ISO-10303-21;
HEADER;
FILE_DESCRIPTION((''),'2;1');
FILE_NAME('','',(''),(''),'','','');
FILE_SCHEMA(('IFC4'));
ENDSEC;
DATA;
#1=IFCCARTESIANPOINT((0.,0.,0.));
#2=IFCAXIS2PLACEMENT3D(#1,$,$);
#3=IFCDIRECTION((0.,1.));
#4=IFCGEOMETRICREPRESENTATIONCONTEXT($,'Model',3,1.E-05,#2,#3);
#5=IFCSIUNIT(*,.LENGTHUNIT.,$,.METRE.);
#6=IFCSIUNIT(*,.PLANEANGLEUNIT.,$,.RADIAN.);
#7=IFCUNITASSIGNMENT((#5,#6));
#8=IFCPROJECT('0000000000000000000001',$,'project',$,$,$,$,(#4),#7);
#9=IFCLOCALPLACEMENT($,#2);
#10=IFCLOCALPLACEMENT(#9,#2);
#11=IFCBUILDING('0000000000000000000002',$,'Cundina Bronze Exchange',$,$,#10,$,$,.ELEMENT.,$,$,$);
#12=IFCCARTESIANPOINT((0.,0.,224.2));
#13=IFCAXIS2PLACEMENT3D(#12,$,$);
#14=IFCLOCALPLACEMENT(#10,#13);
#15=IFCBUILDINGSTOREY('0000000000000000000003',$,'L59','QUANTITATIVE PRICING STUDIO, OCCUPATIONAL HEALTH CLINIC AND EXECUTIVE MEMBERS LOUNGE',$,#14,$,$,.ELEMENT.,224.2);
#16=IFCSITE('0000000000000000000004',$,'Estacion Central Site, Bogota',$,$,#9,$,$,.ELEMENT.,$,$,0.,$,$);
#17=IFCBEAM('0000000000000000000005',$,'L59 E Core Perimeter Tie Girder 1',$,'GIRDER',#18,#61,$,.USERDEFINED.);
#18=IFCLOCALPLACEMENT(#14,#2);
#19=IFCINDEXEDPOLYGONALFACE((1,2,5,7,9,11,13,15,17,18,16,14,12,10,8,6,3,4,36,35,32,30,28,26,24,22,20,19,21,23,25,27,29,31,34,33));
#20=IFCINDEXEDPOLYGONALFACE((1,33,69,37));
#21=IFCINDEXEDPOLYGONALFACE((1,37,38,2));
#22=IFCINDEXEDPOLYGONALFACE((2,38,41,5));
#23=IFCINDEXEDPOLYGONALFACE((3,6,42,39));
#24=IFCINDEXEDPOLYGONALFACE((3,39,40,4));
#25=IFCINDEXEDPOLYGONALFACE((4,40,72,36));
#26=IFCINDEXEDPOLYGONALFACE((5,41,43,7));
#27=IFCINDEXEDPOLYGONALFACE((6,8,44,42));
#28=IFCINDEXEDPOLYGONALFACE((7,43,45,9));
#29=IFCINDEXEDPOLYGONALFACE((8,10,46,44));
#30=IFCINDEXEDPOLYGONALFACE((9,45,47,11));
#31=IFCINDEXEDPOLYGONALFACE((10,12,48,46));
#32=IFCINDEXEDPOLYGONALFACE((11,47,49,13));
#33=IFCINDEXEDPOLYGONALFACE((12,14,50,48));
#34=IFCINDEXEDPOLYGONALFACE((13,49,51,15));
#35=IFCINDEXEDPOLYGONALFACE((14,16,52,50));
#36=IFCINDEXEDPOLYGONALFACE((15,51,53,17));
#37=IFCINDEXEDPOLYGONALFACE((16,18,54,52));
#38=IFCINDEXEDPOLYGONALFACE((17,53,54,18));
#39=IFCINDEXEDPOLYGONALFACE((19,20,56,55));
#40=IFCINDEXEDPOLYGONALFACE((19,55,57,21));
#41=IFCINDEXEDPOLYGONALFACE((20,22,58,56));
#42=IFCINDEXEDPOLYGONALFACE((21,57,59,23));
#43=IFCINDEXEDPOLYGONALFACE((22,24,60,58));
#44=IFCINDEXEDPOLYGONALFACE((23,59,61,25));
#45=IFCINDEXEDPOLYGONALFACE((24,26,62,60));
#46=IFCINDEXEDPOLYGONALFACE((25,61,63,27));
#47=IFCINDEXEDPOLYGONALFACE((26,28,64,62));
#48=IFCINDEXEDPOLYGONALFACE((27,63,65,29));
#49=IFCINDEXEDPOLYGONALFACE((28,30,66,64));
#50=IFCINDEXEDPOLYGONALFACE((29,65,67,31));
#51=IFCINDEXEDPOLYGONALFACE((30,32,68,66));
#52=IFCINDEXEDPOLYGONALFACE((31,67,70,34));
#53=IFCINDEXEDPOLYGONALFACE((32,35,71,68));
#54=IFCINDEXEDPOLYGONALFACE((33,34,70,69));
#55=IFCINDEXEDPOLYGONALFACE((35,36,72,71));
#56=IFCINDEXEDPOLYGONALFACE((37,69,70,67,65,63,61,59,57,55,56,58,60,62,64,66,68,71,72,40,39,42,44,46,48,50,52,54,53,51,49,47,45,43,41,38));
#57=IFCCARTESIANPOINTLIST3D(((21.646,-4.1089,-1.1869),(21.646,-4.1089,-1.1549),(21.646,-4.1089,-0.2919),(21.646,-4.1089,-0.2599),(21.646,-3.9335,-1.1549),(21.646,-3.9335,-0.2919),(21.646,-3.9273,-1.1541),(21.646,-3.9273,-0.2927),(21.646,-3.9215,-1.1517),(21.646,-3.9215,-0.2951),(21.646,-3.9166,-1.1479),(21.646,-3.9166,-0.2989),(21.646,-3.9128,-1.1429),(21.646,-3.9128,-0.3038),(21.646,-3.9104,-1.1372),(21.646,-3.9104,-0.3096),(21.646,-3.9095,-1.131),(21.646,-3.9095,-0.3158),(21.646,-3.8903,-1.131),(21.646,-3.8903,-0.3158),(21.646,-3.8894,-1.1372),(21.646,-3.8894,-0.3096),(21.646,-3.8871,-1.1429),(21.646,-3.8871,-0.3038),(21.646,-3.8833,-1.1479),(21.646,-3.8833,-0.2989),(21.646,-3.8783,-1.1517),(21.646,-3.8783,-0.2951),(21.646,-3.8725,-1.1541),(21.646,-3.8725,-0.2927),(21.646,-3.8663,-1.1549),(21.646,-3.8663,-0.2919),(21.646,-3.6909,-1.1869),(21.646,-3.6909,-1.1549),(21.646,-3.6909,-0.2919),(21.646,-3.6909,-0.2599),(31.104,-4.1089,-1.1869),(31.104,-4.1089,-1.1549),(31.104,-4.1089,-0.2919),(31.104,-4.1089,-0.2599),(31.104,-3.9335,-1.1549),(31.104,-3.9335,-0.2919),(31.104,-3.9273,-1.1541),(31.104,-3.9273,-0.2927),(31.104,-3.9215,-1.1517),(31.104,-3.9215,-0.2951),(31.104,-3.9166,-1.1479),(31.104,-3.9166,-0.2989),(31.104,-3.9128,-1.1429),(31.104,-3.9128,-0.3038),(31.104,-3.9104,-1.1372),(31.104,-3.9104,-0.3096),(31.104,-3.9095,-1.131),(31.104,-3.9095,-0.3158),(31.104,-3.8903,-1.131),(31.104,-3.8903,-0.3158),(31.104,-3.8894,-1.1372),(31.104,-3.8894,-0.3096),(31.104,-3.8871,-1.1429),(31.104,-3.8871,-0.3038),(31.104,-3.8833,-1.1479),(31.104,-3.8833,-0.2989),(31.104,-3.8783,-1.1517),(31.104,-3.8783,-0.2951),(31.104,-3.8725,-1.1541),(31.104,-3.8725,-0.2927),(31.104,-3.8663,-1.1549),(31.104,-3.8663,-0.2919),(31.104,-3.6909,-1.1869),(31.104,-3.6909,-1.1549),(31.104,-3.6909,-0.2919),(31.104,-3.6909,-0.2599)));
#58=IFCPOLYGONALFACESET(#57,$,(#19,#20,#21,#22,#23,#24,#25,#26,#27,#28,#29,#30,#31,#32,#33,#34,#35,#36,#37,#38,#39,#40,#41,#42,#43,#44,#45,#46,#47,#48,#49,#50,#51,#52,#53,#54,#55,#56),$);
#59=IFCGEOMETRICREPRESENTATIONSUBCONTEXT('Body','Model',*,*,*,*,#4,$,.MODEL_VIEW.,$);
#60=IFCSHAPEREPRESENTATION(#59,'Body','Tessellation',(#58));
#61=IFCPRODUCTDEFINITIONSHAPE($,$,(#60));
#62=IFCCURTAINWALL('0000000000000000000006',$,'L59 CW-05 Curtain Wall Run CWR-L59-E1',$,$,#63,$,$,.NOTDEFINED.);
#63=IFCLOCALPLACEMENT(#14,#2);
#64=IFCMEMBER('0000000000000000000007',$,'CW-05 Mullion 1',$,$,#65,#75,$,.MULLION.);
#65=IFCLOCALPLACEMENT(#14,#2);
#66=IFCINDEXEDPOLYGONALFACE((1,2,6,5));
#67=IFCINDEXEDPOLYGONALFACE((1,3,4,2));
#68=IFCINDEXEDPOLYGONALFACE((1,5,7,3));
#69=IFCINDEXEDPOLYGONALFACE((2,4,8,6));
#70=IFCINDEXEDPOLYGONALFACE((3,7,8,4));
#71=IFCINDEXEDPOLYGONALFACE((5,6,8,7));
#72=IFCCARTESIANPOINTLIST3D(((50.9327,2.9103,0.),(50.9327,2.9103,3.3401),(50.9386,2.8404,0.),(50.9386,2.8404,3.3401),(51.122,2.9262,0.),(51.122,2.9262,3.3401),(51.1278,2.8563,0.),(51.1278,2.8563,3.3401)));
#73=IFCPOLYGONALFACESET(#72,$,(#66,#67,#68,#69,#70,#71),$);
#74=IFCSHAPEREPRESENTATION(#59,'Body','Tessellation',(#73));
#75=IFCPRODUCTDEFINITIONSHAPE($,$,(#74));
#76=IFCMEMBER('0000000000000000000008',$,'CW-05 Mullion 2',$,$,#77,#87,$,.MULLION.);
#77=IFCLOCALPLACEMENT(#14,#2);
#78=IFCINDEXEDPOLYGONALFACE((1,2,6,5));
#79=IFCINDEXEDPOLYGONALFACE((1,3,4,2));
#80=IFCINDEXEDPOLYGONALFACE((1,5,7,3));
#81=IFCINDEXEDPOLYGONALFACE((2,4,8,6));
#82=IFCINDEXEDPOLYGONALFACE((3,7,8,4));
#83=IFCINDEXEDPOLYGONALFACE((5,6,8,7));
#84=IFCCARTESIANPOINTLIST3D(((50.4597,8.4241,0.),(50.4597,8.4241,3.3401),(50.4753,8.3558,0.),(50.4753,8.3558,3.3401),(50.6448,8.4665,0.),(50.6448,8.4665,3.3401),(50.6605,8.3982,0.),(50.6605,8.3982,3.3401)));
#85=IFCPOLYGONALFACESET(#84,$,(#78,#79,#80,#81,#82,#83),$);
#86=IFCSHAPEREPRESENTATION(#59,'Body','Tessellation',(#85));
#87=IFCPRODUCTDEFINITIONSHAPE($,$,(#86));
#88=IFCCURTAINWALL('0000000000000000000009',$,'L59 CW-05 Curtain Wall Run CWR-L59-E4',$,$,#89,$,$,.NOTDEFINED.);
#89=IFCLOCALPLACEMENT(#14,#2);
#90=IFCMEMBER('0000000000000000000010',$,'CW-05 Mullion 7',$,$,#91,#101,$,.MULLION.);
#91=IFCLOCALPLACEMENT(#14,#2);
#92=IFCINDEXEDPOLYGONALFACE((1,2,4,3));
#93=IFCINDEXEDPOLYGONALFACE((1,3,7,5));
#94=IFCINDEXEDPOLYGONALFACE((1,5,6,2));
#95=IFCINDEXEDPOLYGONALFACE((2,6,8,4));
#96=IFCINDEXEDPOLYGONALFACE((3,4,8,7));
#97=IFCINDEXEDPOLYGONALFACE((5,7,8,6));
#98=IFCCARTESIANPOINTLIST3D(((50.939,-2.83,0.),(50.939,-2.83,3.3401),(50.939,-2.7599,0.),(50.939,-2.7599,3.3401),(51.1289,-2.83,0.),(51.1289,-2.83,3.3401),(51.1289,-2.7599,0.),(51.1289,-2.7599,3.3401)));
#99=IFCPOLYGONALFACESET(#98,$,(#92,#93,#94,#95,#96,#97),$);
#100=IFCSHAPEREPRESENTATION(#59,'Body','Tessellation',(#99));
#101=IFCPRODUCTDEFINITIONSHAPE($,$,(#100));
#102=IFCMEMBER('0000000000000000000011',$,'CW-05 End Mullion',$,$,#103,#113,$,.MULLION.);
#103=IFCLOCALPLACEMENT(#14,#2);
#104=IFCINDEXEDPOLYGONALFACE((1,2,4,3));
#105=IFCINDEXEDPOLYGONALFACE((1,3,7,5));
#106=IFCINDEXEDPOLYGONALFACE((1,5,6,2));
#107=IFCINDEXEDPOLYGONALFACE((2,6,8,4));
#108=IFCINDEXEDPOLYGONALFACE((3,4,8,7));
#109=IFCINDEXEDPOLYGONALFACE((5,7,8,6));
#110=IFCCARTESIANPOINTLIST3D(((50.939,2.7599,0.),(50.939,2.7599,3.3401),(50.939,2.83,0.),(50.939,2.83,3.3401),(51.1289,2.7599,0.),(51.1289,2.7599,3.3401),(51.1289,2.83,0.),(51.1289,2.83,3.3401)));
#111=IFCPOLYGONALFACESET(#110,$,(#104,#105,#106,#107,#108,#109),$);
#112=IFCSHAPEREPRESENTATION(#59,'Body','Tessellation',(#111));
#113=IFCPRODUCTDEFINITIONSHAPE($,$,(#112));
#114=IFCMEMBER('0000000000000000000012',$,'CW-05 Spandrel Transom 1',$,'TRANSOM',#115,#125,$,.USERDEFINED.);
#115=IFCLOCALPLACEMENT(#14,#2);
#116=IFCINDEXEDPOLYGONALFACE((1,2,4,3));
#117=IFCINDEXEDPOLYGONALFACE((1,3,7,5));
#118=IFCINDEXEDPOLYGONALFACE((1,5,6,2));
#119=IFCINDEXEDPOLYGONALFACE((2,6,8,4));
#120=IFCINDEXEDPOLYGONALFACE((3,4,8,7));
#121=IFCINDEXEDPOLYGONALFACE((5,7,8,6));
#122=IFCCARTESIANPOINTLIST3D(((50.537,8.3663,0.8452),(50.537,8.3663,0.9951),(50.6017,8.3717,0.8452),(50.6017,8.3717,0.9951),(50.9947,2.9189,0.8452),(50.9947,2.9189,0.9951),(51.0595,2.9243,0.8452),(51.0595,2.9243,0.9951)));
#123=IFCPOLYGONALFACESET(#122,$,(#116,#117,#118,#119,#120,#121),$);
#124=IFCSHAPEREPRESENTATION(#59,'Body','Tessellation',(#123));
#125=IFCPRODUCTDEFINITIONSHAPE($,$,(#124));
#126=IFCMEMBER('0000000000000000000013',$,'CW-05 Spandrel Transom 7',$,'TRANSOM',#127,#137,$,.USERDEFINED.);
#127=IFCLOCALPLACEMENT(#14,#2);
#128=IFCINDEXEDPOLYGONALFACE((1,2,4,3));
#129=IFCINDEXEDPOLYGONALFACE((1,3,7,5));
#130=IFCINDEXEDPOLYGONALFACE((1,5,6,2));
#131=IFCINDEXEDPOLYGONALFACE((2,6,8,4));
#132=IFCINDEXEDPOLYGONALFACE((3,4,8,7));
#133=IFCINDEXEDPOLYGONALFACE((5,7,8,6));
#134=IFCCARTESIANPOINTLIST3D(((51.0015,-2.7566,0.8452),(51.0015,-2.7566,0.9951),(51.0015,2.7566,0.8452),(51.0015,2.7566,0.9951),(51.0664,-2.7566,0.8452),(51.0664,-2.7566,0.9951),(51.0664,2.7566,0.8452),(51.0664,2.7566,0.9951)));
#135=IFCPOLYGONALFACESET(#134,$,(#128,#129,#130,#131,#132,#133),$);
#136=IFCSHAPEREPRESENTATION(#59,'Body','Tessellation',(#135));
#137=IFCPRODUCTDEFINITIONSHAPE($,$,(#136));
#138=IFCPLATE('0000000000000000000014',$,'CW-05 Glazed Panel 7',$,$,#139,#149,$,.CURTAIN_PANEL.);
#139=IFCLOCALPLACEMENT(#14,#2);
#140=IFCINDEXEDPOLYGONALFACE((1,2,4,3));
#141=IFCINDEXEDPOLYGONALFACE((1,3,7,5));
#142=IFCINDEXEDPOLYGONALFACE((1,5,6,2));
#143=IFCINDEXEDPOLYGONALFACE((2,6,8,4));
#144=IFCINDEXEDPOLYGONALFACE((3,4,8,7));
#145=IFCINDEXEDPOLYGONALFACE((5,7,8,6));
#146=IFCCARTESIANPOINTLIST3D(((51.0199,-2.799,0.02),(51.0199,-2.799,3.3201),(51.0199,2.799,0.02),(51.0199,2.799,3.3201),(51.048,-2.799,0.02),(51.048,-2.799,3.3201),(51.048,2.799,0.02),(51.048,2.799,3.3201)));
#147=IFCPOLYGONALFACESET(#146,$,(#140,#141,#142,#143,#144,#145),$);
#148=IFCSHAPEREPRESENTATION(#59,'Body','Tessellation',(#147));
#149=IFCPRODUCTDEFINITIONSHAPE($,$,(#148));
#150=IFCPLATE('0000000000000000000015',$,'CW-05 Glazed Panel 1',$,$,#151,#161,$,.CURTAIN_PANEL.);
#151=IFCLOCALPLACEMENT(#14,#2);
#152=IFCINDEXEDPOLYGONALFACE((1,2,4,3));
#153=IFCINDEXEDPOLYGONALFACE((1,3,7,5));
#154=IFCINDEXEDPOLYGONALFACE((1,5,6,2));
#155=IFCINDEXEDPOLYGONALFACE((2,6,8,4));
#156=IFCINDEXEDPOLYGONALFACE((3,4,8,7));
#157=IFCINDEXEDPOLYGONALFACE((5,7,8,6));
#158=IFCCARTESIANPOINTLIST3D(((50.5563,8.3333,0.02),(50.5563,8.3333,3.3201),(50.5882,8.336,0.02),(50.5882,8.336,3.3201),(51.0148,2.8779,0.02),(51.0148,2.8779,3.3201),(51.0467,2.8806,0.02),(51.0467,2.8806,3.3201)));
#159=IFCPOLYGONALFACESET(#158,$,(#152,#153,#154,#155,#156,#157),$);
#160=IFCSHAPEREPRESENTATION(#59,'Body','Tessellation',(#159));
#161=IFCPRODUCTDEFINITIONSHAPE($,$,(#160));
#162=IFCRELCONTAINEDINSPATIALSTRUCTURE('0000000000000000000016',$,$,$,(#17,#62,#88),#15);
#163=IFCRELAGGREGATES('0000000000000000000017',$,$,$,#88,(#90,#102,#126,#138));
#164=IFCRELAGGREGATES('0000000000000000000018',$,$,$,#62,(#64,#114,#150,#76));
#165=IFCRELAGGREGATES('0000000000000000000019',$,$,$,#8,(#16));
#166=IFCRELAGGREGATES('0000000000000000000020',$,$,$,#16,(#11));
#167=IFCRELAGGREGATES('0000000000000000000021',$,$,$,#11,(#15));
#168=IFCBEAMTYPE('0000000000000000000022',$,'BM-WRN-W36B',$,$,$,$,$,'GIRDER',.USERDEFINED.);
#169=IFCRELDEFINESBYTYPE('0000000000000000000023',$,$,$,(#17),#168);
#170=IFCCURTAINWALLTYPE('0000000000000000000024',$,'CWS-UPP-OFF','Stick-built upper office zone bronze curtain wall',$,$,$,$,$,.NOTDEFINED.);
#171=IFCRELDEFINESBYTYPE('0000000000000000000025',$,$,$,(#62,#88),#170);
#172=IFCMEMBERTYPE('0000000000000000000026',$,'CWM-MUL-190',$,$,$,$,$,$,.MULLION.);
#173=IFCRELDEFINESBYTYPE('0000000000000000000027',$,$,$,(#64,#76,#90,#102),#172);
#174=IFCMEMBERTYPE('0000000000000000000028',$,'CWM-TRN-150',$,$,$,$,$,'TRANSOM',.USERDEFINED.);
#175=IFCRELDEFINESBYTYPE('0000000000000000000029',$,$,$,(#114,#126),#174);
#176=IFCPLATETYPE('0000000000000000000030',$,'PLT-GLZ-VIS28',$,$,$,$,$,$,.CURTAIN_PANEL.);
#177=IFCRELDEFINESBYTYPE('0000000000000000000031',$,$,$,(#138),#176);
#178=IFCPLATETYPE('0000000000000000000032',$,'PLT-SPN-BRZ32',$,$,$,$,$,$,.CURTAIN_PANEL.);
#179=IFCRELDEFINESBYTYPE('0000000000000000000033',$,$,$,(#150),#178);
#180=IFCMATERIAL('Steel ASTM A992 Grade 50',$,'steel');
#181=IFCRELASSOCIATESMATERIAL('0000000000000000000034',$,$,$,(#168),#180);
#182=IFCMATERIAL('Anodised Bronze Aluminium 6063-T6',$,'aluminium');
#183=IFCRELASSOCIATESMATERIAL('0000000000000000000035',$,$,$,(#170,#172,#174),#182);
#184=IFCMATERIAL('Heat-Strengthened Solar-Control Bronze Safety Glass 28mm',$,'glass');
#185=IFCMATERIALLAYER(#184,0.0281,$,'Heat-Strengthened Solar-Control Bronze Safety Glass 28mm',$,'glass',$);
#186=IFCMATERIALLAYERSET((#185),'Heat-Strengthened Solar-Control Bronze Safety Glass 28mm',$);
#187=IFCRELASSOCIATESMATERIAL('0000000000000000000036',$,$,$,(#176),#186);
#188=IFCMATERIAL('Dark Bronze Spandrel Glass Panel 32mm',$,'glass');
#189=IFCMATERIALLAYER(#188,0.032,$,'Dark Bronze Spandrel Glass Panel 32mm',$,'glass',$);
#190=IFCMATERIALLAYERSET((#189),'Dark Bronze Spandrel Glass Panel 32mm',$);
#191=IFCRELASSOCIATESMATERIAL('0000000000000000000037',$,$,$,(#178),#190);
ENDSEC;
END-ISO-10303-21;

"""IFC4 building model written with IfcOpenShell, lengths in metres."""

from ifc_helpers import new_model, si_unit, direction, frame, origin, origin_2d, place, context, subcontext, project, spatial, rectangle, i_section, extrude, material, layer, layer_set, material_profile, profile_set, type_object, element, aggregate, save


model = new_model("IFC4")

# Units and contexts
model_context = context("Model", 3, precision=1e-05, world=origin(), true_north=direction((0.0, 1.0)))
body_context = subcontext(model_context, "Body", "Model", "MODEL_VIEW")
ifc_project = project(units=[si_unit("LENGTHUNIT", "METRE"), si_unit("PLANEANGLEUNIT", "RADIAN")], contexts=[model_context])

# Site, building, storey
site_placement = place(None, origin())
site = spatial("IfcSite", under=ifc_project, at=site_placement, Name="Estacion Central Site, Bogota", CompositionType="ELEMENT", RefElevation=0.0)
building_placement = place(site_placement, origin())
building = spatial("IfcBuilding", under=site, at=building_placement, Name="Cundina Bronze Exchange", CompositionType="ELEMENT")
storey_placement = place(building_placement, frame((0.0, 0.0, 224.2)))
storey = spatial("IfcBuildingStorey", under=building, at=storey_placement, Name="L59", Description="QUANTITATIVE PRICING STUDIO, OCCUPATIONAL HEALTH CLINIC AND EXECUTIVE MEMBERS LOUNGE", CompositionType="ELEMENT", Elevation=224.2)

# Shared definitions
ifc_material_1 = material(Name="Steel ASTM A992 Grade 50", Category="steel")

# Beam
ifc_material_profile_1 = material_profile(ifc_material_1, i_section(OverallWidth=0.418, OverallDepth=0.927, WebThickness=0.0193, FlangeThickness=0.032, FilletRadius=0.0239, at=origin_2d()), Name="W36X231", Category="steel")
ifc_profile_set_1 = profile_set([ifc_material_profile_1], Name="Steel ASTM A992 Grade 50")
beam_type_1 = type_object("IfcBeamType", Name="BM-WRN-W36B", ElementType="GIRDER", PredefinedType="USERDEFINED", material=ifc_profile_set_1)
beam_1_placement = place(storey_placement, frame((31.104, -3.8999, -0.7234), z_axis=(-1.0, 0.0, 0.0), x_axis=(0.0, -1.0, 0.0)))
element("IfcBeam", 1, at=beam_1_placement, inside=storey, type_object=beam_type_1, Name="L59 E Core Perimeter Tie Girder 1", ObjectType="GIRDER", PredefinedType="USERDEFINED", context=body_context, shape_type="SweptSolid", body=[
    extrude(i_section(OverallWidth=0.418, OverallDepth=0.927, WebThickness=0.0193, FlangeThickness=0.032, FilletRadius=0.0239, at=origin_2d()), origin(), (0.0, 0.0, 1.0), 9.458),
])

# Curtain walls, members
ifc_material_2 = material(Name="Anodised Bronze Aluminium 6063-T6", Category="aluminium")
curtain_wall_type = type_object("IfcCurtainWallType", Name="CWS-UPP-OFF", Description="Stick-built upper office zone bronze curtain wall", PredefinedType="NOTDEFINED", material=ifc_material_2)
curtain_wall_1_placement = place(storey_placement, origin())
curtain_wall_1 = element("IfcCurtainWall", 2, at=curtain_wall_1_placement, inside=storey, type_object=curtain_wall_type, Name="L59 CW-05 Curtain Wall Run CWR-L59-E1", PredefinedType="NOTDEFINED")
ifc_material_profile_2 = material_profile(ifc_material_2, rectangle(XDim=0.0701, YDim=0.1899, at=origin_2d()), Name="AL70X190", Category="aluminium")
ifc_profile_set_2 = profile_set([ifc_material_profile_2], Name="Anodised Bronze Aluminium 6063-T6")
member_type_1 = type_object("IfcMemberType", Name="CWM-MUL-190", PredefinedType="MULLION", material=ifc_profile_set_2)
member_1_placement = place(storey_placement, frame((51.0303, 2.8833, 0.0), z_axis=(0.0, 0.0, 1.0), x_axis=(-0.083678, 0.996493, 0.0)))
member_1 = element("IfcMember", 3, at=member_1_placement, type_object=member_type_1, Name="CW-05 Mullion 1", PredefinedType="MULLION", context=body_context, shape_type="SweptSolid", body=[
    extrude(rectangle(XDim=0.0701, YDim=0.1899, at=origin_2d()), origin(), (0.0, 0.0, 1.0), 3.3401),
])
member_2_placement = place(storey_placement, frame((50.5601, 8.4111, 0.0), z_axis=(0.0, 0.0, 1.0), x_axis=(-0.22325, 0.974761, 0.0)))
member_2 = element("IfcMember", 4, at=member_2_placement, type_object=member_type_1, Name="CW-05 Mullion 2", PredefinedType="MULLION", context=body_context, shape_type="SweptSolid", body=[
    extrude(rectangle(XDim=0.0701, YDim=0.1899, at=origin_2d()), origin(), (0.0, 0.0, 1.0), 3.3401),
])
curtain_wall_2_placement = place(storey_placement, origin())
curtain_wall_2 = element("IfcCurtainWall", 5, at=curtain_wall_2_placement, inside=storey, type_object=curtain_wall_type, Name="L59 CW-05 Curtain Wall Run CWR-L59-E4", PredefinedType="NOTDEFINED")
member_3_placement = place(storey_placement, frame((51.0339, -2.7949, 0.0), z_axis=(0.0, 0.0, 1.0), x_axis=(0.0, 1.0, 0.0)))
member_3 = element("IfcMember", 6, at=member_3_placement, type_object=member_type_1, Name="CW-05 Mullion 7", PredefinedType="MULLION", context=body_context, shape_type="SweptSolid", body=[
    extrude(rectangle(XDim=0.0701, YDim=0.1899, at=origin_2d()), origin(), (0.0, 0.0, 1.0), 3.3401),
])
member_4_placement = place(storey_placement, frame((51.0339, 2.7949, 0.0), z_axis=(0.0, 0.0, 1.0), x_axis=(0.0, 1.0, 0.0)))
member_4 = element("IfcMember", 7, at=member_4_placement, type_object=member_type_1, Name="CW-05 End Mullion", PredefinedType="MULLION", context=body_context, shape_type="SweptSolid", body=[
    extrude(rectangle(XDim=0.0701, YDim=0.1899, at=origin_2d()), origin(), (0.0, 0.0, 1.0), 3.3401),
])

# Members
ifc_material_profile_3 = material_profile(ifc_material_2, rectangle(XDim=0.0649, YDim=0.1499, at=origin_2d()), Name="AL65X150", Category="aluminium")
ifc_profile_set_3 = profile_set([ifc_material_profile_3], Name="Anodised Bronze Aluminium 6063-T6")
member_type_2 = type_object("IfcMemberType", Name="CWM-TRN-150", ElementType="TRANSOM", PredefinedType="USERDEFINED", material=ifc_profile_set_3)
member_5_placement = place(storey_placement, frame((51.0271, 2.9216, 0.9202), z_axis=(-0.08374, 0.996488, 0.0), x_axis=(-0.996488, -0.08374, 0.0)))
member_5 = element("IfcMember", 8, at=member_5_placement, type_object=member_type_2, Name="CW-05 Spandrel Transom 1", ObjectType="TRANSOM", PredefinedType="USERDEFINED", context=body_context, shape_type="SweptSolid", body=[
    extrude(rectangle(XDim=0.0649, YDim=0.1499, at=origin_2d()), origin(), (0.0, 0.0, 1.0), 5.4666),
])
member_6_placement = place(storey_placement, frame((51.0339, -2.7566, 0.9202), z_axis=(0.0, 1.0, 0.0), x_axis=(-1.0, 0.0, 0.0)))
member_6 = element("IfcMember", 9, at=member_6_placement, type_object=member_type_2, Name="CW-05 Spandrel Transom 7", ObjectType="TRANSOM", PredefinedType="USERDEFINED", context=body_context, shape_type="SweptSolid", body=[
    extrude(rectangle(XDim=0.0649, YDim=0.1499, at=origin_2d()), origin(), (0.0, 0.0, 1.0), 5.5132),
])

# Plates
ifc_material_3 = material(Name="Heat-Strengthened Solar-Control Bronze Safety Glass 28mm", Category="glass")
ifc_layer_1 = layer(ifc_material_3, 0.0281, Name="Heat-Strengthened Solar-Control Bronze Safety Glass 28mm", Category="glass")
ifc_layer_set_1 = layer_set([ifc_layer_1], Name="Heat-Strengthened Solar-Control Bronze Safety Glass 28mm")
plate_type_1 = type_object("IfcPlateType", Name="PLT-GLZ-VIS28", PredefinedType="CURTAIN_PANEL", material=ifc_layer_set_1)
plate_1_placement = place(storey_placement, frame((51.0339, 0.0, 0.02), z_axis=(0.0, 0.0, 1.0), x_axis=(0.0, 1.0, 0.0)))
plate_1 = element("IfcPlate", 10, at=plate_1_placement, type_object=plate_type_1, Name="CW-05 Glazed Panel 7", PredefinedType="CURTAIN_PANEL", context=body_context, shape_type="SweptSolid", body=[
    extrude(rectangle(XDim=5.5979, YDim=0.0281, at=origin_2d()), origin(), (0.0, 0.0, 1.0), 3.3),
])
aggregate(curtain_wall_2, [member_3, member_4, member_6, plate_1])
ifc_material_4 = material(Name="Dark Bronze Spandrel Glass Panel 32mm", Category="glass")
ifc_layer_2 = layer(ifc_material_4, 0.032, Name="Dark Bronze Spandrel Glass Panel 32mm", Category="glass")
ifc_layer_set_2 = layer_set([ifc_layer_2], Name="Dark Bronze Spandrel Glass Panel 32mm")
plate_type_2 = type_object("IfcPlateType", Name="PLT-SPN-BRZ32", PredefinedType="CURTAIN_PANEL", material=ifc_layer_set_2)
plate_2_placement = place(storey_placement, frame((50.8015, 5.6069, 0.02), z_axis=(0.0, 0.0, 1.0), x_axis=(-0.083747, 0.996487, 0.0)))
plate_2 = element("IfcPlate", 11, at=plate_2_placement, type_object=plate_type_2, Name="CW-05 Glazed Panel 1", PredefinedType="CURTAIN_PANEL", context=body_context, shape_type="SweptSolid", body=[
    extrude(rectangle(XDim=5.4746, YDim=0.032, at=origin_2d()), origin(), (0.0, 0.0, 1.0), 3.3),
])
aggregate(curtain_wall_1, [member_1, member_5, plate_2, member_2])

save(model, "model.ifc")
